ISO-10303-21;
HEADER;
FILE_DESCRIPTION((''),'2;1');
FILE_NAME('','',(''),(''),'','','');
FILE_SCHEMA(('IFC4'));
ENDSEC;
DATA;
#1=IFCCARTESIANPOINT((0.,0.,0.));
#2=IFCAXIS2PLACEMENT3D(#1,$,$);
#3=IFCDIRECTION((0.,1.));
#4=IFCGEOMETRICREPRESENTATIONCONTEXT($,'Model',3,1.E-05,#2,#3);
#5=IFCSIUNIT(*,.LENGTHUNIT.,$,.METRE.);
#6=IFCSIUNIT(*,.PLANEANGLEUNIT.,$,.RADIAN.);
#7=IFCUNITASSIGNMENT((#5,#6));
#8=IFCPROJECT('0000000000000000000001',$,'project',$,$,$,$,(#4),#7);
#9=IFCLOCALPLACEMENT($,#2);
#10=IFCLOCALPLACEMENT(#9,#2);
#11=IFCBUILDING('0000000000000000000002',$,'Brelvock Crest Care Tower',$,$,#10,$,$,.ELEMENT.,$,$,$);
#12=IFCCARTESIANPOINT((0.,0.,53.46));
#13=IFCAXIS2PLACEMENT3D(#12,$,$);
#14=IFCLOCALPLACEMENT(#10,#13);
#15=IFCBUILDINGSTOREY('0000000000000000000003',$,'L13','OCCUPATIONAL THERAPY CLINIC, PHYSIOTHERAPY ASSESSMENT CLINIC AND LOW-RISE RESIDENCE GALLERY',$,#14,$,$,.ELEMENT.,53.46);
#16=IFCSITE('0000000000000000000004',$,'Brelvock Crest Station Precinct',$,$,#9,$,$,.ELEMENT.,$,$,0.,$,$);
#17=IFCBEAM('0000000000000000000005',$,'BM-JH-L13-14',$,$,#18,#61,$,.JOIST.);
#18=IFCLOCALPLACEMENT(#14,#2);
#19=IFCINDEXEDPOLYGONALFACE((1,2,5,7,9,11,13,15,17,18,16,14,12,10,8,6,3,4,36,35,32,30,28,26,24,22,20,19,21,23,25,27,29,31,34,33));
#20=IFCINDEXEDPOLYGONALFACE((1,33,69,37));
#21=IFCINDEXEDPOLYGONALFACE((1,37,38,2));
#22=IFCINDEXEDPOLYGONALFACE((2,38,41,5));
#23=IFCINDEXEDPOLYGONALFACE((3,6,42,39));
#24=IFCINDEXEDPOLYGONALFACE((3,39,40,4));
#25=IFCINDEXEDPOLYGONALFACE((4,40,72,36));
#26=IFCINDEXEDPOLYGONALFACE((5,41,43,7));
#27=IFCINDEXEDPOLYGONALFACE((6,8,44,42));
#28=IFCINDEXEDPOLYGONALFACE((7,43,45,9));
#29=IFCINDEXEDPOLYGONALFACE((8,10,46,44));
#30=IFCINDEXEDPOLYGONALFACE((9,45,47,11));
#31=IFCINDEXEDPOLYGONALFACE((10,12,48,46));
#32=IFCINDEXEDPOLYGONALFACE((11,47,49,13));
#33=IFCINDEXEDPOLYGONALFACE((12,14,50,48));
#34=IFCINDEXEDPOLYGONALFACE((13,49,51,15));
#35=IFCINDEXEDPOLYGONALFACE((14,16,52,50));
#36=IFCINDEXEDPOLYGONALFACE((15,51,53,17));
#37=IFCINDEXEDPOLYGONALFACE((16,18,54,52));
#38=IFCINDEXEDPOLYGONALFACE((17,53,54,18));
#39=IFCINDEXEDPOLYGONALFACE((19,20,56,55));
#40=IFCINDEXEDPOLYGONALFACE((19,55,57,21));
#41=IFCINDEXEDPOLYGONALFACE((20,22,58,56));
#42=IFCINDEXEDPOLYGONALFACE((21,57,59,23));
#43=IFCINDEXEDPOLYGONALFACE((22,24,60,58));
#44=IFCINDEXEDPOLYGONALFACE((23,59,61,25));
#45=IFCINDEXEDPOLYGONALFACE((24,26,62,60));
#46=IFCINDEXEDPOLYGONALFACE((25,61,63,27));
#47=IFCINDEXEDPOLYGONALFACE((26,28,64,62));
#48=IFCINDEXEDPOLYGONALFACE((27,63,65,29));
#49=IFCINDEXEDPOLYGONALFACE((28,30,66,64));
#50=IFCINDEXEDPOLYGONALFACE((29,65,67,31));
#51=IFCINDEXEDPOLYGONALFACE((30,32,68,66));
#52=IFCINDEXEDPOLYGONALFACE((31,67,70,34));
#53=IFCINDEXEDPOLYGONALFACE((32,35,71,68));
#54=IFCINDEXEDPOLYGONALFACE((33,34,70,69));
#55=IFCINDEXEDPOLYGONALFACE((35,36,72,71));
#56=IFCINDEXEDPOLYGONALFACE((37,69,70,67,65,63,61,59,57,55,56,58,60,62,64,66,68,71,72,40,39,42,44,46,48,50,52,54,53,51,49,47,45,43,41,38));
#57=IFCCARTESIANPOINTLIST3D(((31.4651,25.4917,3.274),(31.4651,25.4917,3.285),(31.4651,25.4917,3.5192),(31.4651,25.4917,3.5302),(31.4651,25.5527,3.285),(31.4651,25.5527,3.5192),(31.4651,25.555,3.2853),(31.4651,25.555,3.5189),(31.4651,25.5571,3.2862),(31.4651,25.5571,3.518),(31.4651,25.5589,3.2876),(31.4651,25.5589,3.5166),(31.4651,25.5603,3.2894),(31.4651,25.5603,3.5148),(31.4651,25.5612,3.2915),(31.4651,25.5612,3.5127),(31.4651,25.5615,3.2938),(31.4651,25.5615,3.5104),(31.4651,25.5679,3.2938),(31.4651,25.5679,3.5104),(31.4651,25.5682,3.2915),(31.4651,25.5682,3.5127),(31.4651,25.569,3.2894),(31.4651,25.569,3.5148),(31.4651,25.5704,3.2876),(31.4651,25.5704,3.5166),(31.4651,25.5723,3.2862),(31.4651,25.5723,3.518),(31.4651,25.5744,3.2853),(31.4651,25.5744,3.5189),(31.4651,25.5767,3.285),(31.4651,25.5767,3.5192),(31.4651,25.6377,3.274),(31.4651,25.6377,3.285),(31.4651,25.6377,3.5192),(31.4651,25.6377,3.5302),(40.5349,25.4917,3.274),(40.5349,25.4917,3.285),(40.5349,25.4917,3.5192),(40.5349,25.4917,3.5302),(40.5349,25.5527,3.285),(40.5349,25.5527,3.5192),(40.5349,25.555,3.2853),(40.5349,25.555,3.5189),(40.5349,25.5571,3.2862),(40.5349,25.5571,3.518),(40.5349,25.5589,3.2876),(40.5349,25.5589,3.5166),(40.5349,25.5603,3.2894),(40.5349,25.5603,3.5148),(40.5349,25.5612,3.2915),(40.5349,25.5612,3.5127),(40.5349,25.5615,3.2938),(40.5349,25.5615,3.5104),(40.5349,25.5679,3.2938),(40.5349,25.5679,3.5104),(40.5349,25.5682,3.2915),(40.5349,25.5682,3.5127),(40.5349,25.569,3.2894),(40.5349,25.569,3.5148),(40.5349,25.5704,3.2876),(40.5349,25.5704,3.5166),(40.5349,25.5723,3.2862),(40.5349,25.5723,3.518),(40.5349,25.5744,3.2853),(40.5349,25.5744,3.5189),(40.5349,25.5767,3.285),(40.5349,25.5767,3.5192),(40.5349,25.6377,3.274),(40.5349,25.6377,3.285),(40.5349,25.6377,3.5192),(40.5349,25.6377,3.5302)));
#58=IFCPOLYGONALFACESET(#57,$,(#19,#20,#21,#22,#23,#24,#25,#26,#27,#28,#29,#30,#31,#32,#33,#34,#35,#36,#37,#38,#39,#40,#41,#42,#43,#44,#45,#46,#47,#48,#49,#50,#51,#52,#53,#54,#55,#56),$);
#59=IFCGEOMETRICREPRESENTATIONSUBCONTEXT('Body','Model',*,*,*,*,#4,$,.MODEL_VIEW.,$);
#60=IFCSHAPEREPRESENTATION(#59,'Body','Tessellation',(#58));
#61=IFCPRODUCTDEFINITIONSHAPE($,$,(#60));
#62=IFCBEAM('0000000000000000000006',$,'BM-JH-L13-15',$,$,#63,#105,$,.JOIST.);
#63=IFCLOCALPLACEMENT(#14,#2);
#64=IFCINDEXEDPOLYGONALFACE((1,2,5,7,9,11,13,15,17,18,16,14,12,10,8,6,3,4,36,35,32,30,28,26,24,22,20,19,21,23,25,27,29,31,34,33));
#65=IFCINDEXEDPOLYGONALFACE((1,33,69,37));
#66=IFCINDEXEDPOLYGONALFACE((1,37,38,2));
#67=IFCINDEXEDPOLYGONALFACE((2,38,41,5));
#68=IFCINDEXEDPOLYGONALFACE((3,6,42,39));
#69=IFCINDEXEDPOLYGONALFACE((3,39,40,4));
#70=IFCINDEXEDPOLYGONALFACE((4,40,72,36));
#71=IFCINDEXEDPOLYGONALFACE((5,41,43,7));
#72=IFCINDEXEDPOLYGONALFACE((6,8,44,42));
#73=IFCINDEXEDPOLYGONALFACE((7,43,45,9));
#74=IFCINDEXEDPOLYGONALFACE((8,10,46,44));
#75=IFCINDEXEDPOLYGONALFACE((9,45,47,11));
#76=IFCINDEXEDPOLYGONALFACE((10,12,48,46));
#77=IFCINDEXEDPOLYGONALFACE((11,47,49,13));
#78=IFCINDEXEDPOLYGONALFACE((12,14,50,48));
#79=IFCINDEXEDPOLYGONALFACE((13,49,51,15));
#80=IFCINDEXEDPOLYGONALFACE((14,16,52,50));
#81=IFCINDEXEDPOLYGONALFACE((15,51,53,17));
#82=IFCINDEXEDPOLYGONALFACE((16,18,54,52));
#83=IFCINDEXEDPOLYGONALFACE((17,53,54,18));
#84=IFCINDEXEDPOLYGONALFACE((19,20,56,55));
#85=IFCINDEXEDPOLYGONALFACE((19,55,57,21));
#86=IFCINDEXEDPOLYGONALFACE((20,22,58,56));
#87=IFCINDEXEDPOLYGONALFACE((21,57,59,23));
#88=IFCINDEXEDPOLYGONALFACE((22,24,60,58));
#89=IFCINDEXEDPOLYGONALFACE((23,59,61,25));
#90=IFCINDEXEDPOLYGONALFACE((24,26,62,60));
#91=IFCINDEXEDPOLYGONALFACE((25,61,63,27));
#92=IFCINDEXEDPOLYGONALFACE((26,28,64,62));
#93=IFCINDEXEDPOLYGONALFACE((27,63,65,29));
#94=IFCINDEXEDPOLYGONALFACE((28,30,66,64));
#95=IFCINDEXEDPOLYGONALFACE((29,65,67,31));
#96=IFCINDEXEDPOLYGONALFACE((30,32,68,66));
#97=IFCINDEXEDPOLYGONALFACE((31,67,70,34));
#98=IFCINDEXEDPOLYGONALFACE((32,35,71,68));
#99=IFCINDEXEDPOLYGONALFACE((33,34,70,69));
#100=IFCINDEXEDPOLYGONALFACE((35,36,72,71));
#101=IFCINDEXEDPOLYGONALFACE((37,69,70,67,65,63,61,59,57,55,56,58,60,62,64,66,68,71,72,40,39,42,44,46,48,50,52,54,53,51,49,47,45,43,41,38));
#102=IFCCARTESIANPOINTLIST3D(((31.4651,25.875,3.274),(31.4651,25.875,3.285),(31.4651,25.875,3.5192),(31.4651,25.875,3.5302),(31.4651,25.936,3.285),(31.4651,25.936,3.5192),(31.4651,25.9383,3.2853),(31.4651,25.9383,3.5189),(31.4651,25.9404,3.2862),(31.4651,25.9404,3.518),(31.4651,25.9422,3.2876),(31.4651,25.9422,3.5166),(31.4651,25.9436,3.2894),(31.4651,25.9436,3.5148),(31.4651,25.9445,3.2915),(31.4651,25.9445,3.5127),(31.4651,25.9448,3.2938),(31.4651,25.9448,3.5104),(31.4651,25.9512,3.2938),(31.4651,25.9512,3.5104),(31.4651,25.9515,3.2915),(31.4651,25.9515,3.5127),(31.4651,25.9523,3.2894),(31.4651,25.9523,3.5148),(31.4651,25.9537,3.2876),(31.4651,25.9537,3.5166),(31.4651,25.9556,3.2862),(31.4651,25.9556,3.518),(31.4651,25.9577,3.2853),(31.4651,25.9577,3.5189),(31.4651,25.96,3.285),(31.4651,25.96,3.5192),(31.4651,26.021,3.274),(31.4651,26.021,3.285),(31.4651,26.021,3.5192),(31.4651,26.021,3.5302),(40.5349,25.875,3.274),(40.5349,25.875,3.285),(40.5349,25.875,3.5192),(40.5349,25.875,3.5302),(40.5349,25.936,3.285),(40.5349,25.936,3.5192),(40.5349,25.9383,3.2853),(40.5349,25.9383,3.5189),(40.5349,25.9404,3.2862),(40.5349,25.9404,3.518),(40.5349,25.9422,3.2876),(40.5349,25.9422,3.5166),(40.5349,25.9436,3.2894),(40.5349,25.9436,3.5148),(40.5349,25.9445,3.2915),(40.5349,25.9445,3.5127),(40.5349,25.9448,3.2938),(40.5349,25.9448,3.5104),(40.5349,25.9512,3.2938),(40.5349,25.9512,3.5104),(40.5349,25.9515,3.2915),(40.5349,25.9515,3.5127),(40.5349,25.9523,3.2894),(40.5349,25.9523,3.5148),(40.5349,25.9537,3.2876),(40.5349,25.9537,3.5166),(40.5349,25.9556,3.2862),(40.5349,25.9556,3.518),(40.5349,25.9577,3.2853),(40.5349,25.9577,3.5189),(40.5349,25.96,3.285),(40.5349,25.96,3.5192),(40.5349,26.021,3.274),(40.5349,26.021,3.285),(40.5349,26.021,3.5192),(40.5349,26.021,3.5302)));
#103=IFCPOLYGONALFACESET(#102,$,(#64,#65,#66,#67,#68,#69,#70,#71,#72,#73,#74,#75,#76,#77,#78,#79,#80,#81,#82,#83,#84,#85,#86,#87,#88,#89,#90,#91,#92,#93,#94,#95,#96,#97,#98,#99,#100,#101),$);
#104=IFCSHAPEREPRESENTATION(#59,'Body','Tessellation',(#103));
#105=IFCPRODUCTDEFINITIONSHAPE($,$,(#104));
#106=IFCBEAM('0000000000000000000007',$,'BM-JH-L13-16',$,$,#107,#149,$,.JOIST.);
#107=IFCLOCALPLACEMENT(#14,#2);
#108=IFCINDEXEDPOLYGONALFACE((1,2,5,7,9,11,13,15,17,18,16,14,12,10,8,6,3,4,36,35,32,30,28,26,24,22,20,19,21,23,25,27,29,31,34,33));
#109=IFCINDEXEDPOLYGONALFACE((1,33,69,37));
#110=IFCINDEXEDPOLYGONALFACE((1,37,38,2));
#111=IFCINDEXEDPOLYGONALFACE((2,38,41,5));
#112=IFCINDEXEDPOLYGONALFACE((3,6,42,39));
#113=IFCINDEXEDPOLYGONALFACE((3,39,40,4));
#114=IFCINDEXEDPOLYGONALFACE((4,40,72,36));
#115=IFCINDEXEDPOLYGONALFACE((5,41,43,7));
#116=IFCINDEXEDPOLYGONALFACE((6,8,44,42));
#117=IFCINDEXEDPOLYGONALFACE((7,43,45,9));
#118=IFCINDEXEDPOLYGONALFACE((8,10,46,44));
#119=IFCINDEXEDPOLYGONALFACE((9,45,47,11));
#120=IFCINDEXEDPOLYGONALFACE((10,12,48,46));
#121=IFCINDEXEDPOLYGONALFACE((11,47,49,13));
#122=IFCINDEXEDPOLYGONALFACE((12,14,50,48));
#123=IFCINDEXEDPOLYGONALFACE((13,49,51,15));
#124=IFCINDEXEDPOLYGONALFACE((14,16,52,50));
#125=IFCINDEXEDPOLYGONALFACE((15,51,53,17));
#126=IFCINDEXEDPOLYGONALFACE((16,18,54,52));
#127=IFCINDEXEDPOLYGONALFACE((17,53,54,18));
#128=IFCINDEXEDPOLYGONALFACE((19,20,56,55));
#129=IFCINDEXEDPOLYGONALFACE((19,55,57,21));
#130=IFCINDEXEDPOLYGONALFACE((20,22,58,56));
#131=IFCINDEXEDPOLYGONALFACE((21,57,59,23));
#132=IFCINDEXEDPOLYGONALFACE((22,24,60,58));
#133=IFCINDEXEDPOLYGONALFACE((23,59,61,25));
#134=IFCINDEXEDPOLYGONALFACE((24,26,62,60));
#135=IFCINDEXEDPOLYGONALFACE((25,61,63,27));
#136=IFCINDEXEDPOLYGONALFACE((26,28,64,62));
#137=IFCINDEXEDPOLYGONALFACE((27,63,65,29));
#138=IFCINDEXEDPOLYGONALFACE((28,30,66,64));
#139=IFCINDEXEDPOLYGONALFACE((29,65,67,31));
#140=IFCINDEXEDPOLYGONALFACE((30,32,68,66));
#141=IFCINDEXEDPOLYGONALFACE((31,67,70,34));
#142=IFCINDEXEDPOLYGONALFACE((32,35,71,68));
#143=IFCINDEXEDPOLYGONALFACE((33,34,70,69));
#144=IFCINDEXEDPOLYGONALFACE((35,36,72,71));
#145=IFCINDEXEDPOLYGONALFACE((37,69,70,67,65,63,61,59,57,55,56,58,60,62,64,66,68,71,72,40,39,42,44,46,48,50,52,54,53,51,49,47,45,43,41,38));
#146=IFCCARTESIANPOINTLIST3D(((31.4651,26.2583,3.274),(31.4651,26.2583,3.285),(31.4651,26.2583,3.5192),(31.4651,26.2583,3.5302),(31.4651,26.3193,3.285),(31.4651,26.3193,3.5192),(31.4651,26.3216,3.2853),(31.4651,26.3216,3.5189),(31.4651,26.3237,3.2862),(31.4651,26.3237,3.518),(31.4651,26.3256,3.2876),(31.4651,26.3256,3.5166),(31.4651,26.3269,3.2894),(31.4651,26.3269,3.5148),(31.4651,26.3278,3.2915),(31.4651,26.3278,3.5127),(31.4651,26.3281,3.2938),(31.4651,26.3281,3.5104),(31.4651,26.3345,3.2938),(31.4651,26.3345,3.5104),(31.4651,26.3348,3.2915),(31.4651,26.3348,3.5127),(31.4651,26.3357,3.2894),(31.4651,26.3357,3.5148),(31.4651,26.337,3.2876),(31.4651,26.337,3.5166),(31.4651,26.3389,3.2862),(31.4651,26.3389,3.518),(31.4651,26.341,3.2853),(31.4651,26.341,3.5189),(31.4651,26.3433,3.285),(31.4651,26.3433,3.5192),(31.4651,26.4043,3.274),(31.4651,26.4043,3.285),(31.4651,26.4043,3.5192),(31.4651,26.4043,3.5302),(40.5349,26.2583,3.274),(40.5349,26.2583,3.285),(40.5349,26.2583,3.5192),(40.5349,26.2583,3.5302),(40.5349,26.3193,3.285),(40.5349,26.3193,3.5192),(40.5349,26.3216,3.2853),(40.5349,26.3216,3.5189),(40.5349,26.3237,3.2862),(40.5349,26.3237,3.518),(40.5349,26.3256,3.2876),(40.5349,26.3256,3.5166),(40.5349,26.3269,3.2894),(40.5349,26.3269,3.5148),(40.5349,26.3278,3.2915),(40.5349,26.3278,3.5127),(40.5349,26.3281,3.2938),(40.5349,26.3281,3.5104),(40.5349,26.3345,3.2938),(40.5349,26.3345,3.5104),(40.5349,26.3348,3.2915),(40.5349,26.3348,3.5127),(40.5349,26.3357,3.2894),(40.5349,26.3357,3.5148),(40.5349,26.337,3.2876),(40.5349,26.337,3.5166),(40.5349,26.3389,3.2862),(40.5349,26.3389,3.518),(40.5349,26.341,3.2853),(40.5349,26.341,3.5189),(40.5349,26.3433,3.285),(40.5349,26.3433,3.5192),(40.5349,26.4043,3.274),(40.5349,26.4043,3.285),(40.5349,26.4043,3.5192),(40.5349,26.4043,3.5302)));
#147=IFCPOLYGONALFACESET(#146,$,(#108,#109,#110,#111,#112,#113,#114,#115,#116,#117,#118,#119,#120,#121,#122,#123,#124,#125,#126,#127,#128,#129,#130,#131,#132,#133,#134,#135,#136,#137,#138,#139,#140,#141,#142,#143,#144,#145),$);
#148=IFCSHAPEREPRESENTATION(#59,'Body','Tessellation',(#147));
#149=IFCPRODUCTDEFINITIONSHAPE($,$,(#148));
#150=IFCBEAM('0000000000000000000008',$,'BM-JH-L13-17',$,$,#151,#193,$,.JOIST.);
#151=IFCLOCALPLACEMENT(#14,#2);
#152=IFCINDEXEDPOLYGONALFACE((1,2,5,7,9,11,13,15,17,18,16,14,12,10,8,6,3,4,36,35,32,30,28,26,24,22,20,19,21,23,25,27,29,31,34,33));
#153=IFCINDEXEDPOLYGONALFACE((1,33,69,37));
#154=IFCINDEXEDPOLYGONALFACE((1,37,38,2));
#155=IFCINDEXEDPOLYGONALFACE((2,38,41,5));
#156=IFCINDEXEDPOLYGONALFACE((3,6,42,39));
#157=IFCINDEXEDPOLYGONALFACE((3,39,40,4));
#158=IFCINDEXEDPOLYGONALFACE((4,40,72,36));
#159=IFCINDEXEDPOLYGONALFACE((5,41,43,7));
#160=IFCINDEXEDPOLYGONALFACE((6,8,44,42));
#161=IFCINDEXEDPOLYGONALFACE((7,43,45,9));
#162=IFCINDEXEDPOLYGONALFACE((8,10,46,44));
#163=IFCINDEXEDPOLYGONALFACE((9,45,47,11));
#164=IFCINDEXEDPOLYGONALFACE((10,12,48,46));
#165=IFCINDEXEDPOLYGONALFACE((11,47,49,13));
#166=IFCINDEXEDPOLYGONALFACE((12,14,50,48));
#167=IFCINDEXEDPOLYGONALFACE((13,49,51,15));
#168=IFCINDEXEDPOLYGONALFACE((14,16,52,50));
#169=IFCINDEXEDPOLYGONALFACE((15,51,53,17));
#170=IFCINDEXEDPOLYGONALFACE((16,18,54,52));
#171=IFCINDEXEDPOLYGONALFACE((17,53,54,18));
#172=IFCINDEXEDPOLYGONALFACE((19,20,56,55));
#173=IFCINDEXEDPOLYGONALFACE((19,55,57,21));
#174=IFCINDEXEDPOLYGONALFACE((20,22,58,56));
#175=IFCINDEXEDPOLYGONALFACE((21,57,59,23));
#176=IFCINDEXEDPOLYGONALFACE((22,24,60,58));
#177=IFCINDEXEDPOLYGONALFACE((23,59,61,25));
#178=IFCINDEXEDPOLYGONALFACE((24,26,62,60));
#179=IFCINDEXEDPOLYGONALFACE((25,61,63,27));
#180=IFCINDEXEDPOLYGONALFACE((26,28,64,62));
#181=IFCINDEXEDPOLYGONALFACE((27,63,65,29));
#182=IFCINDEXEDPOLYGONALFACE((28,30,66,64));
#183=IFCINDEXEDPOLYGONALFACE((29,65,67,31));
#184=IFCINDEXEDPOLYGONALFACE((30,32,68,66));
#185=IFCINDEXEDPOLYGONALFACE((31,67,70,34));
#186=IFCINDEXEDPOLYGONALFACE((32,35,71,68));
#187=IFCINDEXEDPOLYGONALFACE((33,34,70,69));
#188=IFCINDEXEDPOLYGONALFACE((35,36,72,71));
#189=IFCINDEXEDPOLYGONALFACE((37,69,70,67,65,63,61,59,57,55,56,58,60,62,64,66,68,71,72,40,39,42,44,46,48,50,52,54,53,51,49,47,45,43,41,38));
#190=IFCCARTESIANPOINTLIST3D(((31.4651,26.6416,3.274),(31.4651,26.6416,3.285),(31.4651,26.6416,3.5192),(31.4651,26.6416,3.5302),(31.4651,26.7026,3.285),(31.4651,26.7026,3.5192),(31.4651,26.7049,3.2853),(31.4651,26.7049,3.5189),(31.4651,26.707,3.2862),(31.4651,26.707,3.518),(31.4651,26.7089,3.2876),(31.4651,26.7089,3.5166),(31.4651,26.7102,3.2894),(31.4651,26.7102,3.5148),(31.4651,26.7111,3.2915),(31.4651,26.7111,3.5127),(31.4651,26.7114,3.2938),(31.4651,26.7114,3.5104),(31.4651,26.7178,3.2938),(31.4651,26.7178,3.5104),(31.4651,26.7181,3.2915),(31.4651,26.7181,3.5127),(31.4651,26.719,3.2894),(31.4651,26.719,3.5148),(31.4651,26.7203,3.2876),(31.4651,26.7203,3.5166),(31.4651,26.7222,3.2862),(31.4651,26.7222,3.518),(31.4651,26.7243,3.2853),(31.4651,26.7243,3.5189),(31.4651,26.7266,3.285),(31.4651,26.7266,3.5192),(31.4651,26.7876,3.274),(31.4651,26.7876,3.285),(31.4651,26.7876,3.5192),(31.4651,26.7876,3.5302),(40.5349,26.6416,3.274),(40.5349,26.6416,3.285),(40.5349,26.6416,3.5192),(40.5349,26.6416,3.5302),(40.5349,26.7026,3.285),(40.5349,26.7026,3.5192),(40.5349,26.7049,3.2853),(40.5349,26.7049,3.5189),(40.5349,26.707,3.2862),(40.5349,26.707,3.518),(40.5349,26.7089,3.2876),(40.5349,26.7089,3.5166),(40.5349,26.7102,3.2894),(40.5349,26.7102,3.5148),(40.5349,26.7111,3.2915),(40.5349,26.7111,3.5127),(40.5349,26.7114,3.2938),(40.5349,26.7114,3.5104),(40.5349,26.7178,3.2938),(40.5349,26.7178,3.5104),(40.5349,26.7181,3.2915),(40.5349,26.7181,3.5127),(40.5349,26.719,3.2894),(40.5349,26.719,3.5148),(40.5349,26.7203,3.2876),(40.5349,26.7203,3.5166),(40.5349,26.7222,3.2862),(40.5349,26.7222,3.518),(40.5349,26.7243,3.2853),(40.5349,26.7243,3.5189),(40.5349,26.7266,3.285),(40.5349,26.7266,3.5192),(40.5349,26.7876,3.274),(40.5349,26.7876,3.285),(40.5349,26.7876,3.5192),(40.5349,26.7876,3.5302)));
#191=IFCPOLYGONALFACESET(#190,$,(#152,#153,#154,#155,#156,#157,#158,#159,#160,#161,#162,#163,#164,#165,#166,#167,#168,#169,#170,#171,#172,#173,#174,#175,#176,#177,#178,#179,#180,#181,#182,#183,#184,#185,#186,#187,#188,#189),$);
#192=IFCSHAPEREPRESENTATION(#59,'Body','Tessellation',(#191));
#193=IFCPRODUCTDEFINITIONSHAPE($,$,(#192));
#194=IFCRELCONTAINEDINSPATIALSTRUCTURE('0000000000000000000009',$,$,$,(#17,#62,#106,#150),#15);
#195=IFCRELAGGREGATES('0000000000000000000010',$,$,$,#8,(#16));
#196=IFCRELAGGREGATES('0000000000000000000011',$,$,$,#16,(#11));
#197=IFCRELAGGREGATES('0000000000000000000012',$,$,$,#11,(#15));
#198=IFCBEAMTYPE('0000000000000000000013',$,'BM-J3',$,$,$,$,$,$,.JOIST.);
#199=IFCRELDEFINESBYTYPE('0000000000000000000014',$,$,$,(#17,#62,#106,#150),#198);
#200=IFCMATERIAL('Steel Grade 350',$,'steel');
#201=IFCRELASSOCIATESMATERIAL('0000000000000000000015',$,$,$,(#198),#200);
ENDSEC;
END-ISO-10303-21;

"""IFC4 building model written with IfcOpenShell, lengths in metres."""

from ifc_helpers import new_model, si_unit, direction, frame, origin, origin_2d, place, context, subcontext, project, spatial, i_section, extrude, source, transform, mapped, material, material_profile, profile_set, type_object, element, save


model = new_model("IFC4")

# Units and contexts
model_context = context("Model", 3, precision=1e-05, world=origin(), true_north=direction((0.0, 1.0)))
body_context = subcontext(model_context, "Body", "Model", "MODEL_VIEW")
ifc_project = project(units=[si_unit("LENGTHUNIT", "METRE"), si_unit("PLANEANGLEUNIT", "RADIAN")], contexts=[model_context])

# Site, building, storey
site_placement = place(None, origin())
site = spatial("IfcSite", under=ifc_project, at=site_placement, Name="Brelvock Crest Station Precinct", CompositionType="ELEMENT", RefElevation=0.0)
building_placement = place(site_placement, origin())
building = spatial("IfcBuilding", under=site, at=building_placement, Name="Brelvock Crest Care Tower", CompositionType="ELEMENT")
storey_placement = place(building_placement, frame((0.0, 0.0, 53.46)))
storey = spatial("IfcBuildingStorey", under=building, at=storey_placement, Name="L13", Description="OCCUPATIONAL THERAPY CLINIC, PHYSIOTHERAPY ASSESSMENT CLINIC AND LOW-RISE RESIDENCE GALLERY", CompositionType="ELEMENT", Elevation=53.46)

# Beams
ifc_material_1 = material(Name="Steel Grade 350", Category="steel")
ifc_material_profile = material_profile(ifc_material_1, i_section(OverallWidth=0.146, OverallDepth=0.2561, WebThickness=0.0063, FlangeThickness=0.011, FilletRadius=0.0088, at=origin_2d()), Name="250UB37.3")
ifc_profile_set = profile_set([ifc_material_profile], Name="Steel Grade 350")
beam_type = type_object("IfcBeamType", Name="BM-J3", PredefinedType="JOIST", material=ifc_profile_set)
shared_shape_1 = source(origin(), body_context, "Body", "SweptSolid", [
    extrude(i_section(OverallWidth=0.146, OverallDepth=0.2561, WebThickness=0.0063, FlangeThickness=0.011, FilletRadius=0.0088, at=origin_2d()), origin(), (0.0, 0.0, 1.0), 9.0698),
])
for number, where, z_axis, x_axis, name in (
    (1, (31.4651, 25.5647, 3.4021), (1.0, 0.0, 0.0), (0.0, 1.0, 0.0), "BM-JH-L13-14"),
    (2, (31.4651, 25.948, 3.4021), (1.0, 0.0, 0.0), (0.0, 1.0, 0.0), "BM-JH-L13-15"),
    (3, (31.4651, 26.3313, 3.4021), (1.0, 0.0, 0.0), (0.0, 1.0, 0.0), "BM-JH-L13-16"),
    (4, (31.4651, 26.7146, 3.4021), (1.0, 0.0, 0.0), (0.0, 1.0, 0.0), "BM-JH-L13-17"),
):
    element("IfcBeam", number, at=place(storey_placement, frame(where, z_axis=z_axis, x_axis=x_axis)), inside=storey, type_object=beam_type, Name=name, PredefinedType="JOIST", context=body_context, shape_type="MappedRepresentation", body=[
        mapped(shared_shape_1, transform((0.0, 0.0, 0.0), x_axis=(1.0, 0.0, 0.0), y_axis=(0.0, 1.0, 0.0), z_axis=(0.0, 0.0, 1.0), scale=1.0)),
    ])

save(model, "model.ifc")
